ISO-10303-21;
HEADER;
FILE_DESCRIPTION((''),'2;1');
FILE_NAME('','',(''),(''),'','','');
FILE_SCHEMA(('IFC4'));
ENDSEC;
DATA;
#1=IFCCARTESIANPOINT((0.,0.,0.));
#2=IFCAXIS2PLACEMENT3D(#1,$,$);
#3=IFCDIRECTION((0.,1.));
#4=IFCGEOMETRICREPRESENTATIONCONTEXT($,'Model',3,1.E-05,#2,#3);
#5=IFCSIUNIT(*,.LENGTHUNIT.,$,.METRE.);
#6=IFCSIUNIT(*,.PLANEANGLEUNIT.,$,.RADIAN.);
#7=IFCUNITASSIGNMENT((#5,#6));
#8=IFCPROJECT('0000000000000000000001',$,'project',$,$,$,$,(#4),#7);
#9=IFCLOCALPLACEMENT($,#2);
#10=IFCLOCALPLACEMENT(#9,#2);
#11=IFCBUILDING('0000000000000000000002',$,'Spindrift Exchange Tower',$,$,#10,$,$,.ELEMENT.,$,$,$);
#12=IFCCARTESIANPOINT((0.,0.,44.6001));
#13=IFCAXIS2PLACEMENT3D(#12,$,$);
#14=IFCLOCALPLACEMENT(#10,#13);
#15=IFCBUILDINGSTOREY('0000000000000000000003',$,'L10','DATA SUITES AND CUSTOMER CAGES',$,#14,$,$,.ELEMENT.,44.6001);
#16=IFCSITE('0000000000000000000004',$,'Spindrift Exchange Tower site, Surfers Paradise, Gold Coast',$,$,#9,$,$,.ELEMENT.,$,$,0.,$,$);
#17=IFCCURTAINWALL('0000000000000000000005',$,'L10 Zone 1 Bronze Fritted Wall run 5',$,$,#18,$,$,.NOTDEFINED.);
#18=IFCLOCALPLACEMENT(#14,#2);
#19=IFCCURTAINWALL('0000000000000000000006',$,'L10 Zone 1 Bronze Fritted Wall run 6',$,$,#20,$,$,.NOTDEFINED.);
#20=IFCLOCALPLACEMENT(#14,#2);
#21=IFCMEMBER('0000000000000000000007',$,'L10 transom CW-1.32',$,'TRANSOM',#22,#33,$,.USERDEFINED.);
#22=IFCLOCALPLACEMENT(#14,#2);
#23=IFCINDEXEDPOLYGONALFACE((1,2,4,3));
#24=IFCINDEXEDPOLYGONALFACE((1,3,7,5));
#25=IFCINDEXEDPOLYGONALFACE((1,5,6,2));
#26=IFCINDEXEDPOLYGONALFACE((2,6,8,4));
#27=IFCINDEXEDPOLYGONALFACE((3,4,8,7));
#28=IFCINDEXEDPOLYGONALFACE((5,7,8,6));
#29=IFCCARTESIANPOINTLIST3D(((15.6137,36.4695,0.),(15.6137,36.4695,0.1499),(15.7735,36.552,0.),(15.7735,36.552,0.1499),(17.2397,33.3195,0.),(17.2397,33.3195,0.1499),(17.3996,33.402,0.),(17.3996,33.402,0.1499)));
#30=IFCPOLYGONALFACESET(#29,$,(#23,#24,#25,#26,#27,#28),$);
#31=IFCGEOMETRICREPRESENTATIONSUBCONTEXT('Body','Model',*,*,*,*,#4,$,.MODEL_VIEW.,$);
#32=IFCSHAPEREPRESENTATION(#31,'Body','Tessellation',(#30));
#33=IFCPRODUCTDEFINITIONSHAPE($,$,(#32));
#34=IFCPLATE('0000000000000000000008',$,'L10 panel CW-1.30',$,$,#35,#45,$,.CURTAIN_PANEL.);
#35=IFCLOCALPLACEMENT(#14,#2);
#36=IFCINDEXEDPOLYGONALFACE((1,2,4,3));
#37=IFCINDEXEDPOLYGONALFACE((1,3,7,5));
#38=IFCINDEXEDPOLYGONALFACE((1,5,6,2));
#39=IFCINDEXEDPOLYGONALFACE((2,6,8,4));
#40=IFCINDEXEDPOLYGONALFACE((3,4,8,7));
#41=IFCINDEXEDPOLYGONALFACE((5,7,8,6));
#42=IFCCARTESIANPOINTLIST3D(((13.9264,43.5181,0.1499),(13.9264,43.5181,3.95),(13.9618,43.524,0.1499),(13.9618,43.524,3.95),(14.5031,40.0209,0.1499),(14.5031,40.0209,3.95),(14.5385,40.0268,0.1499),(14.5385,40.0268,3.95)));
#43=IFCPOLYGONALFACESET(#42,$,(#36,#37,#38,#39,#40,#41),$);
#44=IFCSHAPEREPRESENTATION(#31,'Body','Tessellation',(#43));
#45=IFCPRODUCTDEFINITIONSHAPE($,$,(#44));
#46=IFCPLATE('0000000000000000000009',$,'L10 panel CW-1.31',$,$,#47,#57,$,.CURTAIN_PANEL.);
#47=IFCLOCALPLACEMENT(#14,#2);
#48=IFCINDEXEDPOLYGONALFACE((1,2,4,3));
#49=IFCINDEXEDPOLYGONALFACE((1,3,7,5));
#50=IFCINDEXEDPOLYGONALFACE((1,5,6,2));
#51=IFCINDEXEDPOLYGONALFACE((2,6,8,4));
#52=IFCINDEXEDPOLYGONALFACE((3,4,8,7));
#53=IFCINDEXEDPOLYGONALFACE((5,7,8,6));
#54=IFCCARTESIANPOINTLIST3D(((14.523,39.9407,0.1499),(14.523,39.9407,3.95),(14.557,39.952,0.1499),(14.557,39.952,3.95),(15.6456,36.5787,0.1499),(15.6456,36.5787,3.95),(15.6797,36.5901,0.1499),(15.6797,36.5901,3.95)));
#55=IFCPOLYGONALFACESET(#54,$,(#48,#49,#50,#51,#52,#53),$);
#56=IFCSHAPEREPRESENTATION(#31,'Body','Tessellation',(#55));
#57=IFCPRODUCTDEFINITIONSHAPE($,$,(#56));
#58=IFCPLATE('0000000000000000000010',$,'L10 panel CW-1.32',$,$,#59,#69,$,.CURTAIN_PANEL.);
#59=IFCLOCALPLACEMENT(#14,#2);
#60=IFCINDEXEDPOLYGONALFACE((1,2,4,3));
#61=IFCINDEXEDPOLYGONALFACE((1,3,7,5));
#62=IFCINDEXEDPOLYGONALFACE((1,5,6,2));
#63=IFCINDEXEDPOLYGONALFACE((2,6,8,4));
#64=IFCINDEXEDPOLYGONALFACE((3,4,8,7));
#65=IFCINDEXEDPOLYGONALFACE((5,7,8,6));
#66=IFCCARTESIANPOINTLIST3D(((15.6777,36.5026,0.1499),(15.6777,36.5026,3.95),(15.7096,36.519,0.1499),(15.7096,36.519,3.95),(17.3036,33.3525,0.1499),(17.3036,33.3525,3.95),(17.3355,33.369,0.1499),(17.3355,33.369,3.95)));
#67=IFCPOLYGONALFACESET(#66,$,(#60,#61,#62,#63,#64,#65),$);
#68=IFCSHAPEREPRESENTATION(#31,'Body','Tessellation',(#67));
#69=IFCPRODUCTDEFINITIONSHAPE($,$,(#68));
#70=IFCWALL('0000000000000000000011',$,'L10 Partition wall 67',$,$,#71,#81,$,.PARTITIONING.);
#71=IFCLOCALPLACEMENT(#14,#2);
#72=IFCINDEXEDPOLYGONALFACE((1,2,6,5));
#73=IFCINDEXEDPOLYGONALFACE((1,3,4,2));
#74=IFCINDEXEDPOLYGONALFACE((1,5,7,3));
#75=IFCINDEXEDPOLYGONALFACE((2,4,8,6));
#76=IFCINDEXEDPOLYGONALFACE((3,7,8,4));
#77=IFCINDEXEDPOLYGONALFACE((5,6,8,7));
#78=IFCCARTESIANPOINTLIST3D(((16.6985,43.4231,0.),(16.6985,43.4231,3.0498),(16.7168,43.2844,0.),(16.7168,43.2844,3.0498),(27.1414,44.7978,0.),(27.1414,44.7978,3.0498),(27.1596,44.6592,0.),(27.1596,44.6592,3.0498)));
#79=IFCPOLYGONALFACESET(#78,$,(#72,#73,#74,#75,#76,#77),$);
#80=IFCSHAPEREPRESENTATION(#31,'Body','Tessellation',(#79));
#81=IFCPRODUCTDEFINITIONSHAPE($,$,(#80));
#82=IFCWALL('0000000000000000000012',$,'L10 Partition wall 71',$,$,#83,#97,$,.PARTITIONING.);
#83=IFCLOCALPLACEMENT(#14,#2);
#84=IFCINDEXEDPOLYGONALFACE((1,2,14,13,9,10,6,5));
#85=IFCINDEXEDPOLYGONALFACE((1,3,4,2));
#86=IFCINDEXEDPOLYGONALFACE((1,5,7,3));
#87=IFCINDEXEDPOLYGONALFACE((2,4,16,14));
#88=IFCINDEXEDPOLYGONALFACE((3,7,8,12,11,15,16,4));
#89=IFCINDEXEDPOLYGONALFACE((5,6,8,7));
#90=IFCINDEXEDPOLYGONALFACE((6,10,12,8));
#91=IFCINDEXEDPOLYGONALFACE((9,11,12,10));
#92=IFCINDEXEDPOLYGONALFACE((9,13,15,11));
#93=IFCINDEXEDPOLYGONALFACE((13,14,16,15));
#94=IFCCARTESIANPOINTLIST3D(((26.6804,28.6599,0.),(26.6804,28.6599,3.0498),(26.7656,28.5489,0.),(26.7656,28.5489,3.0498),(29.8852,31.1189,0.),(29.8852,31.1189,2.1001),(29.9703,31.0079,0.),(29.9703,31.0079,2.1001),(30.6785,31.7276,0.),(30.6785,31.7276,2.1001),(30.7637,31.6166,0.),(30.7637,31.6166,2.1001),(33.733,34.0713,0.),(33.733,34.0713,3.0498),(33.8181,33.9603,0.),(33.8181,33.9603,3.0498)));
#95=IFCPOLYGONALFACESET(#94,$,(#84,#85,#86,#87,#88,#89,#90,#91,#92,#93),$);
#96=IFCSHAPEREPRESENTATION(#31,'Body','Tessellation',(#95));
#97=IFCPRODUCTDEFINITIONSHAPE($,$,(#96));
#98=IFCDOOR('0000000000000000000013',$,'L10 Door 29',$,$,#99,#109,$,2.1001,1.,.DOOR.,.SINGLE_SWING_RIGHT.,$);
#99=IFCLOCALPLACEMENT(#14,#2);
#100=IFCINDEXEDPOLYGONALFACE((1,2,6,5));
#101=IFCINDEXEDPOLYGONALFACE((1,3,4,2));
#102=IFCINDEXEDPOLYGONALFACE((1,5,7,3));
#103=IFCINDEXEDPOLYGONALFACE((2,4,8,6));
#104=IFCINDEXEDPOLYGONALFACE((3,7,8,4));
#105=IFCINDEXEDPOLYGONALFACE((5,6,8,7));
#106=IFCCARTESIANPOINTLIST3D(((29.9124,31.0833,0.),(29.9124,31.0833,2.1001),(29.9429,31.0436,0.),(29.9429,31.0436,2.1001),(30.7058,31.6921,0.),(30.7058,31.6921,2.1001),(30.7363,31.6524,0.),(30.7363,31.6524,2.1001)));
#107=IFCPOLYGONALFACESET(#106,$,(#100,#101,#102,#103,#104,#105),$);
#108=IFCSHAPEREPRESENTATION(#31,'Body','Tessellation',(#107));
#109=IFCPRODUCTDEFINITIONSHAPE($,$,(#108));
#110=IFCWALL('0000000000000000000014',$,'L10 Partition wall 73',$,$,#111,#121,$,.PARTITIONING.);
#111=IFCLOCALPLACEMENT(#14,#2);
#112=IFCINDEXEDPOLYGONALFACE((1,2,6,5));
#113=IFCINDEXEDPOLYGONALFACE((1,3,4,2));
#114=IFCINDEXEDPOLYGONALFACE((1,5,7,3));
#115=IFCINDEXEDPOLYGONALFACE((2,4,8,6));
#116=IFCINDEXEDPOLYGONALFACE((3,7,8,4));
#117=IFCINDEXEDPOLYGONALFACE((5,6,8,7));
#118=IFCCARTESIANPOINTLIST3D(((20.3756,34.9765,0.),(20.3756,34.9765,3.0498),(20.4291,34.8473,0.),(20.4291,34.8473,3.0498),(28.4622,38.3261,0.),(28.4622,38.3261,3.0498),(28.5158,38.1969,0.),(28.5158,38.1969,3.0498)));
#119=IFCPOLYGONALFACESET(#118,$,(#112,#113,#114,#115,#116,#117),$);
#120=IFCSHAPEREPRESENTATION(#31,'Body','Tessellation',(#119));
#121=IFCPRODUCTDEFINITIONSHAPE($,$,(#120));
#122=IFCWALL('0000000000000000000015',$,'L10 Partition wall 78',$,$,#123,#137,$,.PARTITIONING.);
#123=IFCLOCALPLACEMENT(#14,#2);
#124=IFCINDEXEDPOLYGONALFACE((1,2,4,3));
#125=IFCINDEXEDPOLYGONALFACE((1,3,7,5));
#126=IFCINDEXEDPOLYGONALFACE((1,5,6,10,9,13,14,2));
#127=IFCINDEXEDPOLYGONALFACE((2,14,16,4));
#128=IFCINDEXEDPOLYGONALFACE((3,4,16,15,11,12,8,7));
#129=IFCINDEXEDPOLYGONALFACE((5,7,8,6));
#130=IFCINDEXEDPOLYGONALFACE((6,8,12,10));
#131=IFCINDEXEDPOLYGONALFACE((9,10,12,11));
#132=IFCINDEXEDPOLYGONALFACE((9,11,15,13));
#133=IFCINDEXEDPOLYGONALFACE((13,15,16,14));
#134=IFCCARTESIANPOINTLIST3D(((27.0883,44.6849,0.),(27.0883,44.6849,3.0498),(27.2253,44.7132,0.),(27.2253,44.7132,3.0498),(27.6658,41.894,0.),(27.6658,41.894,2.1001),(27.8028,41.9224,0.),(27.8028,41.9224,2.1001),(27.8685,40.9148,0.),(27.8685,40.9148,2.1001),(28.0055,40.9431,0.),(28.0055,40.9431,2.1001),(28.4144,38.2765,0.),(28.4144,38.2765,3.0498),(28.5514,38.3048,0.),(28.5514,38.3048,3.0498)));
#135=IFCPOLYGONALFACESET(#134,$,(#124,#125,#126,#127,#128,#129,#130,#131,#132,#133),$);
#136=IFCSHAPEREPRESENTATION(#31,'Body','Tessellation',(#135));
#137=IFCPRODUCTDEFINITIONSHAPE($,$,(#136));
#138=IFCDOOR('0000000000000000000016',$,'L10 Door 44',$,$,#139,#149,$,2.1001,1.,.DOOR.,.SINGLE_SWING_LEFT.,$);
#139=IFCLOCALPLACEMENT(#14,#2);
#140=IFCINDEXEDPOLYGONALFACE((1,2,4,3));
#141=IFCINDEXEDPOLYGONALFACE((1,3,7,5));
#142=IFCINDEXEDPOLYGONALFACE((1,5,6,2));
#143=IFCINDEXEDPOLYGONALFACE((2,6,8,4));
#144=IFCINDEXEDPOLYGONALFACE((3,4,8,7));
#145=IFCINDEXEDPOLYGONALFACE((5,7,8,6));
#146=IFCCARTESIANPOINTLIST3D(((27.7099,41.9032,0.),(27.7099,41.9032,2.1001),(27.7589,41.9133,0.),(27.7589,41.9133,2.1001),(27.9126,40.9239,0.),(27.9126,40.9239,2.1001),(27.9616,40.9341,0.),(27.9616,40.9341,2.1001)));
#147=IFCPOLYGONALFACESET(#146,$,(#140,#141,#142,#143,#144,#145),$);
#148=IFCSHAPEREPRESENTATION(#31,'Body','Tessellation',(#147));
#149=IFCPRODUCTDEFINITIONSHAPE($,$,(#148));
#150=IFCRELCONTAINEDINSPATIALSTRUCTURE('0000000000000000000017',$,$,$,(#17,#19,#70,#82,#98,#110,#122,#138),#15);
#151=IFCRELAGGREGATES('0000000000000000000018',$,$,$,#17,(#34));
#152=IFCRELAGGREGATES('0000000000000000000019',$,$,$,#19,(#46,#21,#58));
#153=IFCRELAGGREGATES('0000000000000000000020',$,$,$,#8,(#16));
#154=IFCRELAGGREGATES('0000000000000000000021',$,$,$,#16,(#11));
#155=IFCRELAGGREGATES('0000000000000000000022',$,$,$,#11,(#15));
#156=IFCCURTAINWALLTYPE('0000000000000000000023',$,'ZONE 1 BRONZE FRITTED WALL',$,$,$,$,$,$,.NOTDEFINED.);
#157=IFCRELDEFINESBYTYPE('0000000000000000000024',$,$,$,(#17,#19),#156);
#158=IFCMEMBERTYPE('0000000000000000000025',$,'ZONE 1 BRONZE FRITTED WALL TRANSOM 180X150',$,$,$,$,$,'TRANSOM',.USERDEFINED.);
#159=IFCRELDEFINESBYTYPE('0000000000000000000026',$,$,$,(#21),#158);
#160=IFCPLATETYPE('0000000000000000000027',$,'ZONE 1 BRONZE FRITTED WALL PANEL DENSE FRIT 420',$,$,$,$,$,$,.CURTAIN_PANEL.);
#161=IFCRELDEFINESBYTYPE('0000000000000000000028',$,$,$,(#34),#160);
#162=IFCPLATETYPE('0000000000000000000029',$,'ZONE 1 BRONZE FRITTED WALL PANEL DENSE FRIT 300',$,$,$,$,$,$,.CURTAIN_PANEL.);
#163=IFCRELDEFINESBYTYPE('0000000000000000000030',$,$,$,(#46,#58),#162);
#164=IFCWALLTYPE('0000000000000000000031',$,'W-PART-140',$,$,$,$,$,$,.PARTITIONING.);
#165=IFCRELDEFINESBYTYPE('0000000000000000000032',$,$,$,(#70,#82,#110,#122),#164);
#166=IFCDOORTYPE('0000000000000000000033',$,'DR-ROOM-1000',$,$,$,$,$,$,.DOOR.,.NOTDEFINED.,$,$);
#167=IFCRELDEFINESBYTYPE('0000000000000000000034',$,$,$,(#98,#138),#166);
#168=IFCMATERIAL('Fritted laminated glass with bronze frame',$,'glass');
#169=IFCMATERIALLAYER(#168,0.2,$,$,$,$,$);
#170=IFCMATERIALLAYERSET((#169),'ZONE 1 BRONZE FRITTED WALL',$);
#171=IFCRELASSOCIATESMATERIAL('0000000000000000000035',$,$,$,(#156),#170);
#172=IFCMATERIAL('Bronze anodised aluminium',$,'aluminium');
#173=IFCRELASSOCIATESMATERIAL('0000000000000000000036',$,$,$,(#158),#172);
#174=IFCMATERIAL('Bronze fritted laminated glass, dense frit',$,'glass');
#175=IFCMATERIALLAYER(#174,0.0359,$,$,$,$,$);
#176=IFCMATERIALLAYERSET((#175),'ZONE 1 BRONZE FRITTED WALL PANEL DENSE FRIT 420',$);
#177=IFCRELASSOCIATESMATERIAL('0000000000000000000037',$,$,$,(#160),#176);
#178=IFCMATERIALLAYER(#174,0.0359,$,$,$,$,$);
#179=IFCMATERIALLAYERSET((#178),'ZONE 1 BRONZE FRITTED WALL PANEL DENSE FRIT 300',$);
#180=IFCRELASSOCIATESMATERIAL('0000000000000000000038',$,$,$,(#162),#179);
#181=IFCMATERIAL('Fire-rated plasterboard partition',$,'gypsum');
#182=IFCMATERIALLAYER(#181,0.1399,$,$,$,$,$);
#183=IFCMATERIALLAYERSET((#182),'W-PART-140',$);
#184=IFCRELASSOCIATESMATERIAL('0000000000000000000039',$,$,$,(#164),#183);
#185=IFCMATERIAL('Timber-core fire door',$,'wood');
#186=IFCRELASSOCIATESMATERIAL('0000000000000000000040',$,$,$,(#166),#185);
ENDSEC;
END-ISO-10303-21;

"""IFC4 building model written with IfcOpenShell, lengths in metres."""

from ifc_helpers import new_model, si_unit, direction, frame, frame_2d, origin, origin_2d, place, context, subcontext, project, spatial, rectangle, extrude, source, transform, mapped, material, layer, layer_set, material_profile, profile_set, type_object, element, fill, aggregate, save


model = new_model("IFC4")

# Units and contexts
model_context = context("Model", 3, precision=1e-05, world=origin(), true_north=direction((0.0, 1.0)))
body_context = subcontext(model_context, "Body", "Model", "MODEL_VIEW")
ifc_project = project(units=[si_unit("LENGTHUNIT", "METRE"), si_unit("PLANEANGLEUNIT", "RADIAN")], contexts=[model_context])

# Site, building, storey
site_placement = place(None, origin())
site = spatial("IfcSite", under=ifc_project, at=site_placement, Name="Spindrift Exchange Tower site, Surfers Paradise, Gold Coast", CompositionType="ELEMENT", RefElevation=0.0)
building_placement = place(site_placement, origin())
building = spatial("IfcBuilding", under=site, at=building_placement, Name="Spindrift Exchange Tower", CompositionType="ELEMENT")
storey_placement = place(building_placement, frame((0.0, 0.0, 44.6001)))
storey = spatial("IfcBuildingStorey", under=building, at=storey_placement, Name="L10", Description="DATA SUITES AND CUSTOMER CAGES", CompositionType="ELEMENT", Elevation=44.6001)

# Curtain wall
ifc_material_1 = material(Name="Fritted laminated glass with bronze frame", Category="glass")
ifc_layer_1 = layer(ifc_material_1, 0.2)
ifc_layer_set_1 = layer_set([ifc_layer_1], Name="ZONE 1 BRONZE FRITTED WALL")
curtain_wall_type = type_object("IfcCurtainWallType", Name="ZONE 1 BRONZE FRITTED WALL", PredefinedType="NOTDEFINED", material=ifc_layer_set_1)
curtain_wall_1_placement = place(storey_placement, origin())
curtain_wall_1 = element("IfcCurtainWall", 1, at=curtain_wall_1_placement, inside=storey, type_object=curtain_wall_type, Name="L10 Zone 1 Bronze Fritted Wall run 5", PredefinedType="NOTDEFINED")
ifc_material_2 = material(Name="Bronze anodised aluminium", Category="aluminium")

# Curtain wall
curtain_wall_2_placement = place(storey_placement, origin())
curtain_wall_2 = element("IfcCurtainWall", 2, at=curtain_wall_2_placement, inside=storey, type_object=curtain_wall_type, Name="L10 Zone 1 Bronze Fritted Wall run 6", PredefinedType="NOTDEFINED")

# Member
ifc_material_profile_1 = material_profile(ifc_material_2, rectangle(XDim=0.1799, YDim=0.1499, at=origin_2d()), Name="ZONE 1 BRONZE FRITTED WALL TRANSOM 180X150")
ifc_profile_set_1 = profile_set([ifc_material_profile_1], Name="Bronze anodised aluminium")
member_type_1 = type_object("IfcMemberType", Name="ZONE 1 BRONZE FRITTED WALL TRANSOM 180X150", ElementType="TRANSOM", PredefinedType="USERDEFINED", material=ifc_profile_set_1)
shared_shape_1 = source(origin(), body_context, "Body", "SweptSolid", [
    extrude(rectangle(XDim=0.1799, YDim=0.1499, at=origin_2d()), origin(), (0.0, 0.0, 1.0), 3.5449),
])
member_1_placement = place(storey_placement, frame((15.6936, 36.5107, 0.075), z_axis=(0.458692, -0.888595, 0.0), x_axis=(0.888595, 0.458692, 0.0)))
member_1 = element("IfcMember", 3, at=member_1_placement, type_object=member_type_1, Name="L10 transom CW-1.32", ObjectType="TRANSOM", PredefinedType="USERDEFINED", context=body_context, shape_type="MappedRepresentation", body=[
    mapped(shared_shape_1, transform((0.0, 0.0, 0.0), scale=1.0)),
])

# Plates
ifc_material_3 = material(Name="Bronze fritted laminated glass, dense frit", Category="glass")
ifc_layer_2 = layer(ifc_material_3, 0.0359)
ifc_layer_set_2 = layer_set([ifc_layer_2], Name="ZONE 1 BRONZE FRITTED WALL PANEL DENSE FRIT 420")
plate_type_1 = type_object("IfcPlateType", Name="ZONE 1 BRONZE FRITTED WALL PANEL DENSE FRIT 420", PredefinedType="CURTAIN_PANEL", material=ifc_layer_set_2)
shared_shape_2 = source(origin(), body_context, "Body", "SweptSolid", [
    extrude(rectangle(XDim=3.5444, YDim=0.0359, at=origin_2d()), origin(), (0.0, 0.0, 1.0), 3.8),
])
plate_1_placement = place(storey_placement, frame((14.2324, 41.7725, 0.1499), z_axis=(0.0, 0.0, 1.0), x_axis=(0.162703, -0.986675, 0.0)))
plate_1 = element("IfcPlate", 4, at=plate_1_placement, type_object=plate_type_1, Name="L10 panel CW-1.30", PredefinedType="CURTAIN_PANEL", context=body_context, shape_type="MappedRepresentation", body=[
    mapped(shared_shape_2, transform((0.0, 0.0, 0.0), scale=1.0)),
])
aggregate(curtain_wall_1, [plate_1])
ifc_layer_3 = layer(ifc_material_3, 0.0359)
ifc_layer_set_3 = layer_set([ifc_layer_3], Name="ZONE 1 BRONZE FRITTED WALL PANEL DENSE FRIT 300")
plate_type_2 = type_object("IfcPlateType", Name="ZONE 1 BRONZE FRITTED WALL PANEL DENSE FRIT 300", PredefinedType="CURTAIN_PANEL", material=ifc_layer_set_3)
shared_shape_3 = source(origin(), body_context, "Body", "SweptSolid", [
    extrude(rectangle(XDim=3.5444, YDim=0.0359, at=origin_2d()), origin(), (0.0, 0.0, 1.0), 3.8),
])
plate_2_placement = place(storey_placement, frame((15.1013, 38.2654, 0.1499), z_axis=(0.0, 0.0, 1.0), x_axis=(0.316732, -0.948515, 0.0)))
plate_2 = element("IfcPlate", 5, at=plate_2_placement, type_object=plate_type_2, Name="L10 panel CW-1.31", PredefinedType="CURTAIN_PANEL", context=body_context, shape_type="MappedRepresentation", body=[
    mapped(shared_shape_3, transform((0.0, 0.0, 0.0), scale=1.0)),
])
shared_shape_4 = source(origin(), body_context, "Body", "SweptSolid", [
    extrude(rectangle(XDim=3.5449, YDim=0.0359, at=origin_2d()), origin(), (0.0, 0.0, 1.0), 3.8),
])
plate_3_placement = place(storey_placement, frame((16.5066, 34.9358, 0.1499), z_axis=(0.0, 0.0, 1.0), x_axis=(0.458676, -0.888604, 0.0)))
plate_3 = element("IfcPlate", 6, at=plate_3_placement, type_object=plate_type_2, Name="L10 panel CW-1.32", PredefinedType="CURTAIN_PANEL", context=body_context, shape_type="MappedRepresentation", body=[
    mapped(shared_shape_4, transform((0.0, 0.0, 0.0), scale=1.0)),
])
aggregate(curtain_wall_2, [plate_2, member_1, plate_3])

# Wall
ifc_material_4 = material(Name="Fire-rated plasterboard partition", Category="gypsum")
ifc_layer_4 = layer(ifc_material_4, 0.1399)
ifc_layer_set_4 = layer_set([ifc_layer_4], Name="W-PART-140")
wall_type = type_object("IfcWallType", Name="W-PART-140", PredefinedType="PARTITIONING", material=ifc_layer_set_4)
wall_1_placement = place(storey_placement, frame((27.1506, 44.7285, 0.0), z_axis=(0.0, 0.0, 1.0), x_axis=(-0.991446, -0.130519, 0.0)))
element("IfcWall", 7, at=wall_1_placement, inside=storey, type_object=wall_type, Name="L10 Partition wall 67", PredefinedType="PARTITIONING", context=body_context, shape_type="SweptSolid", body=[
    extrude(rectangle(XDim=10.533, YDim=0.1399, at=frame_2d((5.2666, 0.0))), origin(), (0.0, 0.0, 1.0), 3.0498),
])

# Wall, opening, door
wall_2_placement = place(storey_placement, frame((33.7756, 34.0159, 0.0), z_axis=(0.0, 0.0, 1.0), x_axis=(-0.793364, -0.608748, 0.0)))
wall_2 = element("IfcWall", 8, at=wall_2_placement, inside=storey, type_object=wall_type, Name="L10 Partition wall 71", PredefinedType="PARTITIONING", context=body_context, shape_type="SweptSolid", body=[
    extrude(rectangle(XDim=8.8894, YDim=0.1399, at=frame_2d((4.4448, 0.0))), origin(), (0.0, 0.0, 1.0), 3.0498),
])
opening_1_placement = place(wall_2_placement, frame((3.8501, 0.0, 0.0)))
opening_1 = element("IfcOpeningElement", 9, at=opening_1_placement, cuts=wall_2, PredefinedType="OPENING", context=body_context, shape_type="SweptSolid", body=[
    extrude(rectangle(XDim=1.0, YDim=2.1001, at=frame_2d((0.5, 1.05))), frame((0.0, 0.0798, 0.0), z_axis=(0.0, -1.0, 0.0), x_axis=(1.0, 0.0, 0.0)), (0.0, 0.0, 1.0), 0.1599),
])
ifc_material_5 = material(Name="Timber-core fire door", Category="wood")
door_type = type_object("IfcDoorType", Name="DR-ROOM-1000", OperationType="NOTDEFINED", PredefinedType="DOOR", material=ifc_material_5)
shared_shape_5 = source(origin(), body_context, "Body", "SweptSolid", [
    extrude(rectangle(XDim=1.0, YDim=2.1001, at=frame_2d((0.5, 1.05))), frame((0.0, 0.0249, 0.0), z_axis=(0.0, -1.0, 0.0), x_axis=(1.0, 0.0, 0.0)), (0.0, 0.0, 1.0), 0.05),
])
door_1_placement = place(opening_1_placement, origin())
door_1 = element("IfcDoor", 10, at=door_1_placement, inside=storey, type_object=door_type, Name="L10 Door 29", OperationType="SINGLE_SWING_RIGHT", OverallHeight=2.1001, OverallWidth=1.0, PredefinedType="DOOR", context=body_context, shape_type="MappedRepresentation", body=[
    mapped(shared_shape_5, transform((0.0, 0.0, 0.0), scale=1.0)),
])
fill(opening_1, door_1)

# Wall
wall_3_placement = place(storey_placement, frame((28.489, 38.2615, 0.0), z_axis=(0.0, 0.0, 1.0), x_axis=(-0.923879, -0.382684, 0.0)))
element("IfcWall", 11, at=wall_3_placement, inside=storey, type_object=wall_type, Name="L10 Partition wall 73", PredefinedType="PARTITIONING", context=body_context, shape_type="SweptSolid", body=[
    extrude(rectangle(XDim=8.7529, YDim=0.1399, at=frame_2d((4.3765, 0.0))), origin(), (0.0, 0.0, 1.0), 3.0498),
])

# Wall, opening, door
wall_4_placement = place(storey_placement, frame((28.4829, 38.2908, 0.0), z_axis=(0.0, 0.0, 1.0), x_axis=(-0.202648, 0.979252, 0.0)))
wall_4 = element("IfcWall", 12, at=wall_4_placement, inside=storey, type_object=wall_type, Name="L10 Partition wall 78", PredefinedType="PARTITIONING", context=body_context, shape_type="SweptSolid", body=[
    extrude(rectangle(XDim=6.5442, YDim=0.1399, at=frame_2d((3.272, 0.0))), origin(), (0.0, 0.0, 1.0), 3.0498),
])
opening_2_placement = place(wall_4_placement, frame((2.6941, 0.0, 0.0)))
opening_2 = element("IfcOpeningElement", 13, at=opening_2_placement, cuts=wall_4, PredefinedType="OPENING", context=body_context, shape_type="SweptSolid", body=[
    extrude(rectangle(XDim=1.0, YDim=2.1001, at=frame_2d((0.5, 1.05))), frame((0.0, 0.0798, 0.0), z_axis=(0.0, -1.0, 0.0), x_axis=(1.0, 0.0, 0.0)), (0.0, 0.0, 1.0), 0.1599),
])
door_2_placement = place(opening_2_placement, origin())
door_2 = element("IfcDoor", 14, at=door_2_placement, inside=storey, type_object=door_type, Name="L10 Door 44", OperationType="SINGLE_SWING_LEFT", OverallHeight=2.1001, OverallWidth=1.0, PredefinedType="DOOR", context=body_context, shape_type="MappedRepresentation", body=[
    mapped(shared_shape_5, transform((0.0, 0.0, 0.0), scale=1.0)),
])
fill(opening_2, door_2)

save(model, "model.ifc")
